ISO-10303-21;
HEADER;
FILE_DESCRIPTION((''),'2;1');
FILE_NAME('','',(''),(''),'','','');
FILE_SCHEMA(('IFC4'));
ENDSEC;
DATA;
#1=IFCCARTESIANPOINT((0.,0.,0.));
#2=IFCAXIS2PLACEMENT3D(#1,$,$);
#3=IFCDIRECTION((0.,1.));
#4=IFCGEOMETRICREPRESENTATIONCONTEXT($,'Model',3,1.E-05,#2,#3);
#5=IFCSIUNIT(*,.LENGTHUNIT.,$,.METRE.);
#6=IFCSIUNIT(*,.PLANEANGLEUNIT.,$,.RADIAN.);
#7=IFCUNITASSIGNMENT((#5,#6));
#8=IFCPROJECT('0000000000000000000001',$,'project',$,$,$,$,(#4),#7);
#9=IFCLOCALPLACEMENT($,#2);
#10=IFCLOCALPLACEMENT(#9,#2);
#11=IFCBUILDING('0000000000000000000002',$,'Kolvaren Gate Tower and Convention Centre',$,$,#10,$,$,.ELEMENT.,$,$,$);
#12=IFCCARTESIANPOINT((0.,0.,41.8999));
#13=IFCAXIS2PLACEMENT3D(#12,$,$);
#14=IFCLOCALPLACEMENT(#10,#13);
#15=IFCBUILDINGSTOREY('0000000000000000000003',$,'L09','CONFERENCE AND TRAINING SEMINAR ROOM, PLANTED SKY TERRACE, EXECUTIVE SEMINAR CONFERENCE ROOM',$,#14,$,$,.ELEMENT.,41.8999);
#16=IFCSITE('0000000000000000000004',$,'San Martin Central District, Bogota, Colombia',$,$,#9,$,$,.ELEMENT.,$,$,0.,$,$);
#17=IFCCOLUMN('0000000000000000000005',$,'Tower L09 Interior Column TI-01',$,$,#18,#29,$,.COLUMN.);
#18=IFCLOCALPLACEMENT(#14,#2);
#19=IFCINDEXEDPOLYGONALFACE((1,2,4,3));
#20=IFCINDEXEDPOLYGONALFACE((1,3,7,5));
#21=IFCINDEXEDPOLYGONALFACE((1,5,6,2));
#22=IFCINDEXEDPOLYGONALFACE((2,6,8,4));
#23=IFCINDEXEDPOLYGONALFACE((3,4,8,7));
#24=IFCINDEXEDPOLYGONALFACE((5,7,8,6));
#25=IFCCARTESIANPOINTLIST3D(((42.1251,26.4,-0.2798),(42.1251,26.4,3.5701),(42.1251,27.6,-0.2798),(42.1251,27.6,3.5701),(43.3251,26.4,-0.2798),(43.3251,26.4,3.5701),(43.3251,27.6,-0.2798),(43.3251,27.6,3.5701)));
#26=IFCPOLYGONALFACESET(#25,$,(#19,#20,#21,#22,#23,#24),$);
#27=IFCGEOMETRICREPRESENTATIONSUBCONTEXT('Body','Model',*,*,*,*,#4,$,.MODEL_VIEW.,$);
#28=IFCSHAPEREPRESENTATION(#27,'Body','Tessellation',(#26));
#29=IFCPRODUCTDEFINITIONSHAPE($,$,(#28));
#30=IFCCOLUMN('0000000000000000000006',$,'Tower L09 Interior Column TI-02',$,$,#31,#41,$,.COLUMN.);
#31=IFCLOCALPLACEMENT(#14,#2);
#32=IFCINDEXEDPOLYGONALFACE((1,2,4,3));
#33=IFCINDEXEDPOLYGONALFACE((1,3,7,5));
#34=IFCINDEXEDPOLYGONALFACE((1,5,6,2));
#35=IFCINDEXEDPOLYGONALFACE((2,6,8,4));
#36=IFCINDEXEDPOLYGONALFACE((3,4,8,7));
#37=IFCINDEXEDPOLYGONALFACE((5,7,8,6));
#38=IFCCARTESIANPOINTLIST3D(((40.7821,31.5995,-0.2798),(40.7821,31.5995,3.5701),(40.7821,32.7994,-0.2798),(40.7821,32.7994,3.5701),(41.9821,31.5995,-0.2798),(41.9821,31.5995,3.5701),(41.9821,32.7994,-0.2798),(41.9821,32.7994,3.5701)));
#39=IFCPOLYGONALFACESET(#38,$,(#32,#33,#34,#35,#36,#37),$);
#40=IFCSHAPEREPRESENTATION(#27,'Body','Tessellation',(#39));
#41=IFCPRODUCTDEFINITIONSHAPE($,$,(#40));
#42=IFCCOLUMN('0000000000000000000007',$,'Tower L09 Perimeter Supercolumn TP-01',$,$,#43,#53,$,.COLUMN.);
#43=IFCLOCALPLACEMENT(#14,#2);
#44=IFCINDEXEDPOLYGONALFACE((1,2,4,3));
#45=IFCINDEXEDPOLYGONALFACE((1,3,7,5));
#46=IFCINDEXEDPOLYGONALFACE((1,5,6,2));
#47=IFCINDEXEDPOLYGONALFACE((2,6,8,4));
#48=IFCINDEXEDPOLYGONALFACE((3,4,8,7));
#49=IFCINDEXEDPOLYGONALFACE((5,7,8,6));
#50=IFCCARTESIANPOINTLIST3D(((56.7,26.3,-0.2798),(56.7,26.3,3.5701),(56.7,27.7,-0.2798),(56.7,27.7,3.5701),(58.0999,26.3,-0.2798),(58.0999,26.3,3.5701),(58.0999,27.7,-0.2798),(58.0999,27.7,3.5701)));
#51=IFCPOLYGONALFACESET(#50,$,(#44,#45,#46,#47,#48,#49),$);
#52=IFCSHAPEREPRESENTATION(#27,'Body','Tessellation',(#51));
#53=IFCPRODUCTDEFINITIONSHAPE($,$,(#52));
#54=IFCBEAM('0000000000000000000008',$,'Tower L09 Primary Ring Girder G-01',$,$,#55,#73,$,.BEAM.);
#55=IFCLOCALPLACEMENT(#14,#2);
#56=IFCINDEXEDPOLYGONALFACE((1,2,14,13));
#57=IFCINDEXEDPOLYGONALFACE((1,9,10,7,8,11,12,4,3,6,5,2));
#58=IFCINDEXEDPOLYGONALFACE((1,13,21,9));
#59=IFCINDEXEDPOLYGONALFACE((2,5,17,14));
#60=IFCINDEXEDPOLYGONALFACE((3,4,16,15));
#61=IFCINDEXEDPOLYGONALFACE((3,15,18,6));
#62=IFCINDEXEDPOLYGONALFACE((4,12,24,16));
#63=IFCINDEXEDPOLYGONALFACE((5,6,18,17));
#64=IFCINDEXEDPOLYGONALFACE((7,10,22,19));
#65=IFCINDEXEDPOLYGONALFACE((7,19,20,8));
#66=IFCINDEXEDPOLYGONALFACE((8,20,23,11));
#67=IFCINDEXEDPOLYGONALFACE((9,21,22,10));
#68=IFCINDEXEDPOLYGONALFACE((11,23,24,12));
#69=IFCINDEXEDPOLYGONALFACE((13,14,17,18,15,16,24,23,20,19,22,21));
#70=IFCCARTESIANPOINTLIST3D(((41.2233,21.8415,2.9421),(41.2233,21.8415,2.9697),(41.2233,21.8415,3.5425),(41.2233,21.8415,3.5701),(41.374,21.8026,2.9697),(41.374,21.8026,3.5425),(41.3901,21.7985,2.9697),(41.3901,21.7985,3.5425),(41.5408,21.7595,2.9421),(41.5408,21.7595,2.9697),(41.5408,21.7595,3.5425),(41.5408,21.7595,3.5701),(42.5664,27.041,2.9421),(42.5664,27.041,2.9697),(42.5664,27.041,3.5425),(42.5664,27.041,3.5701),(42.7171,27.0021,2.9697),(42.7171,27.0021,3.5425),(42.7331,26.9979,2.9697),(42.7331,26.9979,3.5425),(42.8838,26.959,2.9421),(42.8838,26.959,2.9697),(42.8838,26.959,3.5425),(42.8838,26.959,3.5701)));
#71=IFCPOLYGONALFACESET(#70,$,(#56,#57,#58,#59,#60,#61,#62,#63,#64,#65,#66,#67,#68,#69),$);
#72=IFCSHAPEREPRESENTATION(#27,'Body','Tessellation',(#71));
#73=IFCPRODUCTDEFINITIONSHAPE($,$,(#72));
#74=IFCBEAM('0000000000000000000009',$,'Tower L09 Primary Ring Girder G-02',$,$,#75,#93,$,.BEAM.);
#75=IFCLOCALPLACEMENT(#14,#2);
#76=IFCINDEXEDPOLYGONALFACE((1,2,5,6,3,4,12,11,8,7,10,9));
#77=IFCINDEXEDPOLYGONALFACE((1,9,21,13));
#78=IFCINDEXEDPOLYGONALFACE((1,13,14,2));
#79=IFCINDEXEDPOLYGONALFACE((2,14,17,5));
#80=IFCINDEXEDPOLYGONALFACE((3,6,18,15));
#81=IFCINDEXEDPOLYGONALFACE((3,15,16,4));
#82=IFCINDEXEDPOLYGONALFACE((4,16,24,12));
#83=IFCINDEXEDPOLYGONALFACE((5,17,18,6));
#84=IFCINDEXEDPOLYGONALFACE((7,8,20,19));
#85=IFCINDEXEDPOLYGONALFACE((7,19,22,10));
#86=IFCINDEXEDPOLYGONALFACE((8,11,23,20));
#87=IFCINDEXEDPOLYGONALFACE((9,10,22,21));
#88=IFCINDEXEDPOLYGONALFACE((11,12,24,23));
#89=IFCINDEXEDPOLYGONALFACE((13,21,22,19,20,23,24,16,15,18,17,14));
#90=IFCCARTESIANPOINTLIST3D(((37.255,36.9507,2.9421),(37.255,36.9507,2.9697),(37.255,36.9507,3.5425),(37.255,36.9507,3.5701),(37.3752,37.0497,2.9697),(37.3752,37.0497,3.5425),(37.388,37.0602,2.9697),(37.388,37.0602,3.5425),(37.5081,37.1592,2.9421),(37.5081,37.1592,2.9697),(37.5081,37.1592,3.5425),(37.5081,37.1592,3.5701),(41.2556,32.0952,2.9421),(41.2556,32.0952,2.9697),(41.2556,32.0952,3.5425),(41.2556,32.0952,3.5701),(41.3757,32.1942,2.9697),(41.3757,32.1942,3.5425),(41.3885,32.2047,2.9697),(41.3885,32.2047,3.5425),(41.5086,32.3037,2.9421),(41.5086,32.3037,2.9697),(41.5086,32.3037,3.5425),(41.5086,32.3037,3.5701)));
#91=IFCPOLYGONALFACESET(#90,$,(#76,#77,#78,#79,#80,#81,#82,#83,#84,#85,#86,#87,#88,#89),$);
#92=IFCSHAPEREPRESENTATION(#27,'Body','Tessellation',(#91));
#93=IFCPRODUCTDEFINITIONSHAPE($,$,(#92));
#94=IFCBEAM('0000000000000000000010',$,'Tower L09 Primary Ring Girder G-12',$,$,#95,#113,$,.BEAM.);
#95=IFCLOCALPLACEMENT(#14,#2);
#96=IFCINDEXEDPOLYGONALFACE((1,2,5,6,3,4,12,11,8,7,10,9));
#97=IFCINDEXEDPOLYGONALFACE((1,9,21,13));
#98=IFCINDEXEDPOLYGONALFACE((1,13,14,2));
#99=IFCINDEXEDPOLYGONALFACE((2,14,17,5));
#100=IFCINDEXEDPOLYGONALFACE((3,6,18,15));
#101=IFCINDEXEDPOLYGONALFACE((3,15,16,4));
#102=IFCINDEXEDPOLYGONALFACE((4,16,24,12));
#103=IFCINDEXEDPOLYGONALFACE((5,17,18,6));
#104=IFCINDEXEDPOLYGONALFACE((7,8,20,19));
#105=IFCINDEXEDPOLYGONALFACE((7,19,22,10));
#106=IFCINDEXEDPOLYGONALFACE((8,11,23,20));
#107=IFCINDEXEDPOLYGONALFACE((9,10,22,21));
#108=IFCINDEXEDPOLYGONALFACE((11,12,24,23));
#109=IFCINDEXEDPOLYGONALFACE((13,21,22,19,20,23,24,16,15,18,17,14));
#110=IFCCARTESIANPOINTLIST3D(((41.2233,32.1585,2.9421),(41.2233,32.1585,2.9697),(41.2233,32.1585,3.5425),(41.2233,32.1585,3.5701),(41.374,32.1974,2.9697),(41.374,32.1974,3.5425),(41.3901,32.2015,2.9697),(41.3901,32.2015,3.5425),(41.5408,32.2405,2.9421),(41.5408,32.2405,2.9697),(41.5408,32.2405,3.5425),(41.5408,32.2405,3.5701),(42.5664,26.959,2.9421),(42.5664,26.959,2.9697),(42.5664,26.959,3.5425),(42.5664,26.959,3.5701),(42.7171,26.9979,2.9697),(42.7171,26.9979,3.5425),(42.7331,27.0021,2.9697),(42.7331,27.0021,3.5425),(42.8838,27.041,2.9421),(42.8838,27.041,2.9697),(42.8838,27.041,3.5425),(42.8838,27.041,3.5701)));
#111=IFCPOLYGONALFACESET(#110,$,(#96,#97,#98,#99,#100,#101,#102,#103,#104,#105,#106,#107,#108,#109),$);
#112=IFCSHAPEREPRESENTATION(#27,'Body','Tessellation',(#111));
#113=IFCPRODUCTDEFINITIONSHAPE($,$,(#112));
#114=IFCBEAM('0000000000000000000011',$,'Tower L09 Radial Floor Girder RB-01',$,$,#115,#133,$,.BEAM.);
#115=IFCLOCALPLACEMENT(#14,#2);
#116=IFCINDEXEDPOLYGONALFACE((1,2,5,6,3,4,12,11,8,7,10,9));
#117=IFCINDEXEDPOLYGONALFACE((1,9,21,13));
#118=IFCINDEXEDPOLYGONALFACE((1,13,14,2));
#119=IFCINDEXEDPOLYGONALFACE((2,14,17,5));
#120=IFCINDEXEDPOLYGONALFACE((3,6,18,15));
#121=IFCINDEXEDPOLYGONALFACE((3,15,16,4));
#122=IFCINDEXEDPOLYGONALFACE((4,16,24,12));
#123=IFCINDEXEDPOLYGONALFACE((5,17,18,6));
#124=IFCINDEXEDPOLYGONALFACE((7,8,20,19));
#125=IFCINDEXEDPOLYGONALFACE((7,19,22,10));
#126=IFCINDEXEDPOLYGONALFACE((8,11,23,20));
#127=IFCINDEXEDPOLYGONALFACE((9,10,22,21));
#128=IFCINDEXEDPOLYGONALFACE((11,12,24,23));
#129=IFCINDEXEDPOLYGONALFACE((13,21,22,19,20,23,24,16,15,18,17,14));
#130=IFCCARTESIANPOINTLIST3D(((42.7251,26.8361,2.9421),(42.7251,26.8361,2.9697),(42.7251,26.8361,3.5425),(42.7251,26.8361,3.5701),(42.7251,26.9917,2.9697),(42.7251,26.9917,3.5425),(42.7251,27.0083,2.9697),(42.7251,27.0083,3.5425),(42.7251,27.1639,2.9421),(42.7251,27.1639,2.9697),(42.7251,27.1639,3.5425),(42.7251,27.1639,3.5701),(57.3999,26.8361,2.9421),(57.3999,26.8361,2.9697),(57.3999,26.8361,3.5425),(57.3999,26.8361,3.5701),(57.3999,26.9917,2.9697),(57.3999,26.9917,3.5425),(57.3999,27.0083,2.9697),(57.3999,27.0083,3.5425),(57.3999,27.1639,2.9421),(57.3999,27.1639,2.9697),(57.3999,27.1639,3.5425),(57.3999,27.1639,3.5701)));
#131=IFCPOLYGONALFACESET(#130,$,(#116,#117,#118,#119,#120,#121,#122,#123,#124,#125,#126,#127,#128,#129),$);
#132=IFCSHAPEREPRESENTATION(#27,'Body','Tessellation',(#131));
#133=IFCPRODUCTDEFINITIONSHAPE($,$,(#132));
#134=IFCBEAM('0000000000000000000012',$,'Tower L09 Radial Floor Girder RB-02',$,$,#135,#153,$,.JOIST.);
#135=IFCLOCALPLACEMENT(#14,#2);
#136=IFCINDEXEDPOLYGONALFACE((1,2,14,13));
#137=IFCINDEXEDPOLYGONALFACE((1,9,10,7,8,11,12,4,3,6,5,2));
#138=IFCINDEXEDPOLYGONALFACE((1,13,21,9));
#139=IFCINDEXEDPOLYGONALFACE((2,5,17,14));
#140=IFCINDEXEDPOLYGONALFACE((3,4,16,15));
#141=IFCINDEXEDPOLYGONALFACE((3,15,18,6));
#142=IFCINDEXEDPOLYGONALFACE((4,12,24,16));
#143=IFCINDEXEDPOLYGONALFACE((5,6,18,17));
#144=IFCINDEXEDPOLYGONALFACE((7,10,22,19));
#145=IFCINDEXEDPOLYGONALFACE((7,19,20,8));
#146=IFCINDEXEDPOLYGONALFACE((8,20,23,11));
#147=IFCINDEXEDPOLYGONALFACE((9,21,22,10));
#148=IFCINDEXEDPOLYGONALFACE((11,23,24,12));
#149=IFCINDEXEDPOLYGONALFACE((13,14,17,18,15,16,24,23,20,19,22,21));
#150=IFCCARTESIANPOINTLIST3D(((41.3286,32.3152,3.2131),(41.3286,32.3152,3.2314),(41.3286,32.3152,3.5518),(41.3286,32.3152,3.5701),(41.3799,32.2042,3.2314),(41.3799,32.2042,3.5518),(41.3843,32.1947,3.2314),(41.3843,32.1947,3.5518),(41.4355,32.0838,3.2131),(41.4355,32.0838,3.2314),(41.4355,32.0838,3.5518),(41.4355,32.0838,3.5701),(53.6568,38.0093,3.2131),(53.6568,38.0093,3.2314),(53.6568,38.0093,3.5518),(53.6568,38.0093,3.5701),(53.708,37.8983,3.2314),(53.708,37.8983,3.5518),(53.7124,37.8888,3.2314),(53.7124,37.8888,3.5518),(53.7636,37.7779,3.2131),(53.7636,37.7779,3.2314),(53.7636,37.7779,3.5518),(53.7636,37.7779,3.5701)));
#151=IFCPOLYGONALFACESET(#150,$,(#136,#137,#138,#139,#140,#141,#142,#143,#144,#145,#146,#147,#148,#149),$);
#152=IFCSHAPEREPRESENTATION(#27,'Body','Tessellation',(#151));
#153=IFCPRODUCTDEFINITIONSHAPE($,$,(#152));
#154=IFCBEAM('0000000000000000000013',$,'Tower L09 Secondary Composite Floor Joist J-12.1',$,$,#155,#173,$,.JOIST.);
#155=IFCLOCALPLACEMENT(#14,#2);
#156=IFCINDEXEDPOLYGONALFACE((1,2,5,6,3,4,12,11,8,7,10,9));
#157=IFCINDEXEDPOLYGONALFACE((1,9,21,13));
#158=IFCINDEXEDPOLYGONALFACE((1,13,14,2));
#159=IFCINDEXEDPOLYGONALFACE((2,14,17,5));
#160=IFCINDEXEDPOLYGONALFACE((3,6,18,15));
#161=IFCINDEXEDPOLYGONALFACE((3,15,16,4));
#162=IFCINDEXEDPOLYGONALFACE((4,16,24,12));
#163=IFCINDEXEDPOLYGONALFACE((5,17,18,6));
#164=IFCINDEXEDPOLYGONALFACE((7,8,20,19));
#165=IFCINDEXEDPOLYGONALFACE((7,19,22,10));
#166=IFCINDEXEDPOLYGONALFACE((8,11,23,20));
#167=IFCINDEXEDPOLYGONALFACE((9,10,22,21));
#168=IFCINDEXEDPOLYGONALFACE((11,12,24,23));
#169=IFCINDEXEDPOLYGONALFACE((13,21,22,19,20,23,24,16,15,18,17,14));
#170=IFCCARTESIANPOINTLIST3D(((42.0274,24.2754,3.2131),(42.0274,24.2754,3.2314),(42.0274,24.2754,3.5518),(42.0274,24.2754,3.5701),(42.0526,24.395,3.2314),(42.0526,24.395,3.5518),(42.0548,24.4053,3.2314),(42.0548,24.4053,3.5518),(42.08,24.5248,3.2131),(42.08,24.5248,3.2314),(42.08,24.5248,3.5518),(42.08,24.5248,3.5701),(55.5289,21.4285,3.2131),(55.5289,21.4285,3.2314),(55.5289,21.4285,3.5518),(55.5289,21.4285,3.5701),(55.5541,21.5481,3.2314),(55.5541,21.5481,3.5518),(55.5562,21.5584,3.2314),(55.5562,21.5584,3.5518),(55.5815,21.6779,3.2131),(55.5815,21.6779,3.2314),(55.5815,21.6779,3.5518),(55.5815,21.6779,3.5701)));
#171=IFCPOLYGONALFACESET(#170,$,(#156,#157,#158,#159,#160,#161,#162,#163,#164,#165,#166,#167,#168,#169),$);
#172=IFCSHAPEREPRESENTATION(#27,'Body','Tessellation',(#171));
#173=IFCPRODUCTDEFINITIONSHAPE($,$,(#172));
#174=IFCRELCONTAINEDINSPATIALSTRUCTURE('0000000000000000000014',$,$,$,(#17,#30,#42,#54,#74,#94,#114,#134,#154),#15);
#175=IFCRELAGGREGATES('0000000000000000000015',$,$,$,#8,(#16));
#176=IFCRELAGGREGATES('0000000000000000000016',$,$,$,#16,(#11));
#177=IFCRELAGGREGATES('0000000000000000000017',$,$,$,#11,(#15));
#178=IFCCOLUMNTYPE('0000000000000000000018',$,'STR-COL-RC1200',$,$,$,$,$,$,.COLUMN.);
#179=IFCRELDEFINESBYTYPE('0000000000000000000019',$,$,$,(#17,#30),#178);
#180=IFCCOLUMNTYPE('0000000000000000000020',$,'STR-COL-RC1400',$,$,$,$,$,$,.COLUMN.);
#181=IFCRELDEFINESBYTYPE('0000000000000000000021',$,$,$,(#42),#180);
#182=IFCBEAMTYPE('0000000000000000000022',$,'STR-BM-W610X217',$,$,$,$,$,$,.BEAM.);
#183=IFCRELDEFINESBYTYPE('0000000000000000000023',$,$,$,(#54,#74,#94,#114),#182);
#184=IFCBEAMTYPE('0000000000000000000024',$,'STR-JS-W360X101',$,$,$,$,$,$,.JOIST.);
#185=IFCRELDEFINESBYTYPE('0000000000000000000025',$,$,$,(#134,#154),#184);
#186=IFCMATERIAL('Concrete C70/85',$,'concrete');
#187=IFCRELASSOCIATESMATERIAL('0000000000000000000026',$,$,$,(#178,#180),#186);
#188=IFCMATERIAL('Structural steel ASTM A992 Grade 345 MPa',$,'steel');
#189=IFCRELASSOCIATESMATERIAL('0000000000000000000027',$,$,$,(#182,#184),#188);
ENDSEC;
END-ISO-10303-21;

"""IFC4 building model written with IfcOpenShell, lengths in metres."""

from ifc_helpers import new_model, si_unit, direction, frame, origin, origin_2d, place, context, subcontext, project, spatial, rectangle, i_section, extrude, material, material_profile, profile_set, type_object, element, save


model = new_model("IFC4")

# Units and contexts
model_context = context("Model", 3, precision=1e-05, world=origin(), true_north=direction((0.0, 1.0)))
body_context = subcontext(model_context, "Body", "Model", "MODEL_VIEW")
ifc_project = project(units=[si_unit("LENGTHUNIT", "METRE"), si_unit("PLANEANGLEUNIT", "RADIAN")], contexts=[model_context])

# Site, building, storey
site_placement = place(None, origin())
site = spatial("IfcSite", under=ifc_project, at=site_placement, Name="San Martin Central District, Bogota, Colombia", CompositionType="ELEMENT", RefElevation=0.0)
building_placement = place(site_placement, origin())
building = spatial("IfcBuilding", under=site, at=building_placement, Name="Kolvaren Gate Tower and Convention Centre", CompositionType="ELEMENT")
storey_placement = place(building_placement, frame((0.0, 0.0, 41.8999)))
storey = spatial("IfcBuildingStorey", under=building, at=storey_placement, Name="L09", Description="CONFERENCE AND TRAINING SEMINAR ROOM, PLANTED SKY TERRACE, EXECUTIVE SEMINAR CONFERENCE ROOM", CompositionType="ELEMENT", Elevation=41.8999)

# Columns
ifc_material_1 = material(Name="Concrete C70/85", Category="concrete")
ifc_material_profile_1 = material_profile(ifc_material_1, rectangle(XDim=1.2, YDim=1.2, at=origin_2d()), Name="RC-COL-1200X1200")
ifc_profile_set_1 = profile_set([ifc_material_profile_1], Name="Concrete C70/85")
column_type_1 = type_object("IfcColumnType", Name="STR-COL-RC1200", PredefinedType="COLUMN", material=ifc_profile_set_1)
for number, where, z_axis, x_axis, name in (
    (1, (42.7251, 27.0, -0.2798), (0.0, 0.0, 1.0), (1.0, 0.0, 0.0), "Tower L09 Interior Column TI-01"),
    (2, (41.3821, 32.1995, -0.2798), (0.0, 0.0, 1.0), (1.0, 0.0, 0.0), "Tower L09 Interior Column TI-02"),
):
    element("IfcColumn", number, at=place(storey_placement, frame(where, z_axis=z_axis, x_axis=x_axis)), inside=storey, type_object=column_type_1, Name=name, PredefinedType="COLUMN", context=body_context, shape_type="SweptSolid", body=[
        extrude(rectangle(XDim=1.2, YDim=1.2, at=origin_2d()), origin(), (0.0, 0.0, 1.0), 3.8499),
    ])
ifc_material_profile_2 = material_profile(ifc_material_1, rectangle(XDim=1.3999, YDim=1.3999, at=origin_2d()), Name="RC-COL-1400X1400")
ifc_profile_set_2 = profile_set([ifc_material_profile_2], Name="Concrete C70/85")
column_type_2 = type_object("IfcColumnType", Name="STR-COL-RC1400", PredefinedType="COLUMN", material=ifc_profile_set_2)
column_placement = place(storey_placement, frame((57.3999, 27.0, -0.2798), z_axis=(0.0, 0.0, 1.0), x_axis=(1.0, 0.0, 0.0)))
element("IfcColumn", 3, at=column_placement, inside=storey, type_object=column_type_2, Name="Tower L09 Perimeter Supercolumn TP-01", PredefinedType="COLUMN", context=body_context, shape_type="SweptSolid", body=[
    extrude(rectangle(XDim=1.3999, YDim=1.3999, at=origin_2d()), origin(), (0.0, 0.0, 1.0), 3.8499),
])

# Beams
ifc_material_2 = material(Name="Structural steel ASTM A992 Grade 345 MPa", Category="steel")
ifc_material_profile_3 = material_profile(ifc_material_2, i_section(OverallWidth=0.3279, OverallDepth=0.6279, WebThickness=0.0166, FlangeThickness=0.0276, at=origin_2d()), Name="W610X217")
ifc_profile_set_3 = profile_set([ifc_material_profile_3], Name="Structural steel ASTM A992 Grade 345 MPa")
beam_type_1 = type_object("IfcBeamType", Name="STR-BM-W610X217", PredefinedType="BEAM", material=ifc_profile_set_3)
beam_1_placement = place(storey_placement, frame((42.7251, 27.0, 3.2561), z_axis=(-0.250091, -0.968222, 0.0), x_axis=(0.968222, -0.250091, 0.0)))
element("IfcBeam", 4, at=beam_1_placement, inside=storey, type_object=beam_type_1, Name="Tower L09 Primary Ring Girder G-01", PredefinedType="BEAM", context=body_context, shape_type="SweptSolid", body=[
    extrude(i_section(OverallWidth=0.3279, OverallDepth=0.6279, WebThickness=0.0166, FlangeThickness=0.0276, at=origin_2d()), origin(), (0.0, 0.0, 1.0), 5.3701),
])
beam_2_placement = place(storey_placement, frame((41.3821, 32.1995, 3.2561), z_axis=(-0.635884, 0.771785, 0.0), x_axis=(-0.771785, -0.635884, 0.0)))
element("IfcBeam", 5, at=beam_2_placement, inside=storey, type_object=beam_type_1, Name="Tower L09 Primary Ring Girder G-02", PredefinedType="BEAM", context=body_context, shape_type="SweptSolid", body=[
    extrude(i_section(OverallWidth=0.3279, OverallDepth=0.6279, WebThickness=0.0166, FlangeThickness=0.0276, at=origin_2d()), origin(), (0.0, 0.0, 1.0), 6.2913),
])
beam_3_placement = place(storey_placement, frame((42.7251, 27.0, 3.2561), z_axis=(-0.250091, 0.968222, 0.0), x_axis=(-0.968222, -0.250091, 0.0)))
element("IfcBeam", 6, at=beam_3_placement, inside=storey, type_object=beam_type_1, Name="Tower L09 Primary Ring Girder G-12", PredefinedType="BEAM", context=body_context, shape_type="SweptSolid", body=[
    extrude(i_section(OverallWidth=0.3279, OverallDepth=0.6279, WebThickness=0.0166, FlangeThickness=0.0276, at=origin_2d()), origin(), (0.0, 0.0, 1.0), 5.3701),
])
beam_4_placement = place(storey_placement, frame((42.7251, 27.0, 3.2561), z_axis=(1.0, 0.0, 0.0), x_axis=(0.0, 1.0, 0.0)))
element("IfcBeam", 7, at=beam_4_placement, inside=storey, type_object=beam_type_1, Name="Tower L09 Radial Floor Girder RB-01", PredefinedType="BEAM", context=body_context, shape_type="SweptSolid", body=[
    extrude(i_section(OverallWidth=0.3279, OverallDepth=0.6279, WebThickness=0.0166, FlangeThickness=0.0276, at=origin_2d()), origin(), (0.0, 0.0, 1.0), 14.6748),
])
ifc_material_profile_4 = material_profile(ifc_material_2, i_section(OverallWidth=0.2549, OverallDepth=0.3569, WebThickness=0.0105, FlangeThickness=0.0183, at=origin_2d()), Name="W360X101")
ifc_profile_set_4 = profile_set([ifc_material_profile_4], Name="Structural steel ASTM A992 Grade 345 MPa")
beam_type_2 = type_object("IfcBeamType", Name="STR-JS-W360X101", PredefinedType="JOIST", material=ifc_profile_set_4)
beam_5_placement = place(storey_placement, frame((41.3821, 32.1995, 3.3916), z_axis=(0.907842, 0.419312, 0.0), x_axis=(-0.419312, 0.907842, 0.0)))
element("IfcBeam", 8, at=beam_5_placement, inside=storey, type_object=beam_type_2, Name="Tower L09 Radial Floor Girder RB-02", PredefinedType="JOIST", context=body_context, shape_type="SweptSolid", body=[
    extrude(i_section(OverallWidth=0.2549, OverallDepth=0.3569, WebThickness=0.0105, FlangeThickness=0.0183, at=origin_2d()), origin(), (0.0, 0.0, 1.0), 13.5796),
])
beam_6_placement = place(storey_placement, frame((42.0537, 24.4001, 3.3916), z_axis=(0.978484, -0.206323, 0.0), x_axis=(0.206323, 0.978484, 0.0)))
element("IfcBeam", 9, at=beam_6_placement, inside=storey, type_object=beam_type_2, Name="Tower L09 Secondary Composite Floor Joist J-12.1", PredefinedType="JOIST", context=body_context, shape_type="SweptSolid", body=[
    extrude(i_section(OverallWidth=0.2549, OverallDepth=0.3569, WebThickness=0.0105, FlangeThickness=0.0183, at=origin_2d()), origin(), (0.0, 0.0, 1.0), 13.7983),
])

save(model, "model.ifc")
